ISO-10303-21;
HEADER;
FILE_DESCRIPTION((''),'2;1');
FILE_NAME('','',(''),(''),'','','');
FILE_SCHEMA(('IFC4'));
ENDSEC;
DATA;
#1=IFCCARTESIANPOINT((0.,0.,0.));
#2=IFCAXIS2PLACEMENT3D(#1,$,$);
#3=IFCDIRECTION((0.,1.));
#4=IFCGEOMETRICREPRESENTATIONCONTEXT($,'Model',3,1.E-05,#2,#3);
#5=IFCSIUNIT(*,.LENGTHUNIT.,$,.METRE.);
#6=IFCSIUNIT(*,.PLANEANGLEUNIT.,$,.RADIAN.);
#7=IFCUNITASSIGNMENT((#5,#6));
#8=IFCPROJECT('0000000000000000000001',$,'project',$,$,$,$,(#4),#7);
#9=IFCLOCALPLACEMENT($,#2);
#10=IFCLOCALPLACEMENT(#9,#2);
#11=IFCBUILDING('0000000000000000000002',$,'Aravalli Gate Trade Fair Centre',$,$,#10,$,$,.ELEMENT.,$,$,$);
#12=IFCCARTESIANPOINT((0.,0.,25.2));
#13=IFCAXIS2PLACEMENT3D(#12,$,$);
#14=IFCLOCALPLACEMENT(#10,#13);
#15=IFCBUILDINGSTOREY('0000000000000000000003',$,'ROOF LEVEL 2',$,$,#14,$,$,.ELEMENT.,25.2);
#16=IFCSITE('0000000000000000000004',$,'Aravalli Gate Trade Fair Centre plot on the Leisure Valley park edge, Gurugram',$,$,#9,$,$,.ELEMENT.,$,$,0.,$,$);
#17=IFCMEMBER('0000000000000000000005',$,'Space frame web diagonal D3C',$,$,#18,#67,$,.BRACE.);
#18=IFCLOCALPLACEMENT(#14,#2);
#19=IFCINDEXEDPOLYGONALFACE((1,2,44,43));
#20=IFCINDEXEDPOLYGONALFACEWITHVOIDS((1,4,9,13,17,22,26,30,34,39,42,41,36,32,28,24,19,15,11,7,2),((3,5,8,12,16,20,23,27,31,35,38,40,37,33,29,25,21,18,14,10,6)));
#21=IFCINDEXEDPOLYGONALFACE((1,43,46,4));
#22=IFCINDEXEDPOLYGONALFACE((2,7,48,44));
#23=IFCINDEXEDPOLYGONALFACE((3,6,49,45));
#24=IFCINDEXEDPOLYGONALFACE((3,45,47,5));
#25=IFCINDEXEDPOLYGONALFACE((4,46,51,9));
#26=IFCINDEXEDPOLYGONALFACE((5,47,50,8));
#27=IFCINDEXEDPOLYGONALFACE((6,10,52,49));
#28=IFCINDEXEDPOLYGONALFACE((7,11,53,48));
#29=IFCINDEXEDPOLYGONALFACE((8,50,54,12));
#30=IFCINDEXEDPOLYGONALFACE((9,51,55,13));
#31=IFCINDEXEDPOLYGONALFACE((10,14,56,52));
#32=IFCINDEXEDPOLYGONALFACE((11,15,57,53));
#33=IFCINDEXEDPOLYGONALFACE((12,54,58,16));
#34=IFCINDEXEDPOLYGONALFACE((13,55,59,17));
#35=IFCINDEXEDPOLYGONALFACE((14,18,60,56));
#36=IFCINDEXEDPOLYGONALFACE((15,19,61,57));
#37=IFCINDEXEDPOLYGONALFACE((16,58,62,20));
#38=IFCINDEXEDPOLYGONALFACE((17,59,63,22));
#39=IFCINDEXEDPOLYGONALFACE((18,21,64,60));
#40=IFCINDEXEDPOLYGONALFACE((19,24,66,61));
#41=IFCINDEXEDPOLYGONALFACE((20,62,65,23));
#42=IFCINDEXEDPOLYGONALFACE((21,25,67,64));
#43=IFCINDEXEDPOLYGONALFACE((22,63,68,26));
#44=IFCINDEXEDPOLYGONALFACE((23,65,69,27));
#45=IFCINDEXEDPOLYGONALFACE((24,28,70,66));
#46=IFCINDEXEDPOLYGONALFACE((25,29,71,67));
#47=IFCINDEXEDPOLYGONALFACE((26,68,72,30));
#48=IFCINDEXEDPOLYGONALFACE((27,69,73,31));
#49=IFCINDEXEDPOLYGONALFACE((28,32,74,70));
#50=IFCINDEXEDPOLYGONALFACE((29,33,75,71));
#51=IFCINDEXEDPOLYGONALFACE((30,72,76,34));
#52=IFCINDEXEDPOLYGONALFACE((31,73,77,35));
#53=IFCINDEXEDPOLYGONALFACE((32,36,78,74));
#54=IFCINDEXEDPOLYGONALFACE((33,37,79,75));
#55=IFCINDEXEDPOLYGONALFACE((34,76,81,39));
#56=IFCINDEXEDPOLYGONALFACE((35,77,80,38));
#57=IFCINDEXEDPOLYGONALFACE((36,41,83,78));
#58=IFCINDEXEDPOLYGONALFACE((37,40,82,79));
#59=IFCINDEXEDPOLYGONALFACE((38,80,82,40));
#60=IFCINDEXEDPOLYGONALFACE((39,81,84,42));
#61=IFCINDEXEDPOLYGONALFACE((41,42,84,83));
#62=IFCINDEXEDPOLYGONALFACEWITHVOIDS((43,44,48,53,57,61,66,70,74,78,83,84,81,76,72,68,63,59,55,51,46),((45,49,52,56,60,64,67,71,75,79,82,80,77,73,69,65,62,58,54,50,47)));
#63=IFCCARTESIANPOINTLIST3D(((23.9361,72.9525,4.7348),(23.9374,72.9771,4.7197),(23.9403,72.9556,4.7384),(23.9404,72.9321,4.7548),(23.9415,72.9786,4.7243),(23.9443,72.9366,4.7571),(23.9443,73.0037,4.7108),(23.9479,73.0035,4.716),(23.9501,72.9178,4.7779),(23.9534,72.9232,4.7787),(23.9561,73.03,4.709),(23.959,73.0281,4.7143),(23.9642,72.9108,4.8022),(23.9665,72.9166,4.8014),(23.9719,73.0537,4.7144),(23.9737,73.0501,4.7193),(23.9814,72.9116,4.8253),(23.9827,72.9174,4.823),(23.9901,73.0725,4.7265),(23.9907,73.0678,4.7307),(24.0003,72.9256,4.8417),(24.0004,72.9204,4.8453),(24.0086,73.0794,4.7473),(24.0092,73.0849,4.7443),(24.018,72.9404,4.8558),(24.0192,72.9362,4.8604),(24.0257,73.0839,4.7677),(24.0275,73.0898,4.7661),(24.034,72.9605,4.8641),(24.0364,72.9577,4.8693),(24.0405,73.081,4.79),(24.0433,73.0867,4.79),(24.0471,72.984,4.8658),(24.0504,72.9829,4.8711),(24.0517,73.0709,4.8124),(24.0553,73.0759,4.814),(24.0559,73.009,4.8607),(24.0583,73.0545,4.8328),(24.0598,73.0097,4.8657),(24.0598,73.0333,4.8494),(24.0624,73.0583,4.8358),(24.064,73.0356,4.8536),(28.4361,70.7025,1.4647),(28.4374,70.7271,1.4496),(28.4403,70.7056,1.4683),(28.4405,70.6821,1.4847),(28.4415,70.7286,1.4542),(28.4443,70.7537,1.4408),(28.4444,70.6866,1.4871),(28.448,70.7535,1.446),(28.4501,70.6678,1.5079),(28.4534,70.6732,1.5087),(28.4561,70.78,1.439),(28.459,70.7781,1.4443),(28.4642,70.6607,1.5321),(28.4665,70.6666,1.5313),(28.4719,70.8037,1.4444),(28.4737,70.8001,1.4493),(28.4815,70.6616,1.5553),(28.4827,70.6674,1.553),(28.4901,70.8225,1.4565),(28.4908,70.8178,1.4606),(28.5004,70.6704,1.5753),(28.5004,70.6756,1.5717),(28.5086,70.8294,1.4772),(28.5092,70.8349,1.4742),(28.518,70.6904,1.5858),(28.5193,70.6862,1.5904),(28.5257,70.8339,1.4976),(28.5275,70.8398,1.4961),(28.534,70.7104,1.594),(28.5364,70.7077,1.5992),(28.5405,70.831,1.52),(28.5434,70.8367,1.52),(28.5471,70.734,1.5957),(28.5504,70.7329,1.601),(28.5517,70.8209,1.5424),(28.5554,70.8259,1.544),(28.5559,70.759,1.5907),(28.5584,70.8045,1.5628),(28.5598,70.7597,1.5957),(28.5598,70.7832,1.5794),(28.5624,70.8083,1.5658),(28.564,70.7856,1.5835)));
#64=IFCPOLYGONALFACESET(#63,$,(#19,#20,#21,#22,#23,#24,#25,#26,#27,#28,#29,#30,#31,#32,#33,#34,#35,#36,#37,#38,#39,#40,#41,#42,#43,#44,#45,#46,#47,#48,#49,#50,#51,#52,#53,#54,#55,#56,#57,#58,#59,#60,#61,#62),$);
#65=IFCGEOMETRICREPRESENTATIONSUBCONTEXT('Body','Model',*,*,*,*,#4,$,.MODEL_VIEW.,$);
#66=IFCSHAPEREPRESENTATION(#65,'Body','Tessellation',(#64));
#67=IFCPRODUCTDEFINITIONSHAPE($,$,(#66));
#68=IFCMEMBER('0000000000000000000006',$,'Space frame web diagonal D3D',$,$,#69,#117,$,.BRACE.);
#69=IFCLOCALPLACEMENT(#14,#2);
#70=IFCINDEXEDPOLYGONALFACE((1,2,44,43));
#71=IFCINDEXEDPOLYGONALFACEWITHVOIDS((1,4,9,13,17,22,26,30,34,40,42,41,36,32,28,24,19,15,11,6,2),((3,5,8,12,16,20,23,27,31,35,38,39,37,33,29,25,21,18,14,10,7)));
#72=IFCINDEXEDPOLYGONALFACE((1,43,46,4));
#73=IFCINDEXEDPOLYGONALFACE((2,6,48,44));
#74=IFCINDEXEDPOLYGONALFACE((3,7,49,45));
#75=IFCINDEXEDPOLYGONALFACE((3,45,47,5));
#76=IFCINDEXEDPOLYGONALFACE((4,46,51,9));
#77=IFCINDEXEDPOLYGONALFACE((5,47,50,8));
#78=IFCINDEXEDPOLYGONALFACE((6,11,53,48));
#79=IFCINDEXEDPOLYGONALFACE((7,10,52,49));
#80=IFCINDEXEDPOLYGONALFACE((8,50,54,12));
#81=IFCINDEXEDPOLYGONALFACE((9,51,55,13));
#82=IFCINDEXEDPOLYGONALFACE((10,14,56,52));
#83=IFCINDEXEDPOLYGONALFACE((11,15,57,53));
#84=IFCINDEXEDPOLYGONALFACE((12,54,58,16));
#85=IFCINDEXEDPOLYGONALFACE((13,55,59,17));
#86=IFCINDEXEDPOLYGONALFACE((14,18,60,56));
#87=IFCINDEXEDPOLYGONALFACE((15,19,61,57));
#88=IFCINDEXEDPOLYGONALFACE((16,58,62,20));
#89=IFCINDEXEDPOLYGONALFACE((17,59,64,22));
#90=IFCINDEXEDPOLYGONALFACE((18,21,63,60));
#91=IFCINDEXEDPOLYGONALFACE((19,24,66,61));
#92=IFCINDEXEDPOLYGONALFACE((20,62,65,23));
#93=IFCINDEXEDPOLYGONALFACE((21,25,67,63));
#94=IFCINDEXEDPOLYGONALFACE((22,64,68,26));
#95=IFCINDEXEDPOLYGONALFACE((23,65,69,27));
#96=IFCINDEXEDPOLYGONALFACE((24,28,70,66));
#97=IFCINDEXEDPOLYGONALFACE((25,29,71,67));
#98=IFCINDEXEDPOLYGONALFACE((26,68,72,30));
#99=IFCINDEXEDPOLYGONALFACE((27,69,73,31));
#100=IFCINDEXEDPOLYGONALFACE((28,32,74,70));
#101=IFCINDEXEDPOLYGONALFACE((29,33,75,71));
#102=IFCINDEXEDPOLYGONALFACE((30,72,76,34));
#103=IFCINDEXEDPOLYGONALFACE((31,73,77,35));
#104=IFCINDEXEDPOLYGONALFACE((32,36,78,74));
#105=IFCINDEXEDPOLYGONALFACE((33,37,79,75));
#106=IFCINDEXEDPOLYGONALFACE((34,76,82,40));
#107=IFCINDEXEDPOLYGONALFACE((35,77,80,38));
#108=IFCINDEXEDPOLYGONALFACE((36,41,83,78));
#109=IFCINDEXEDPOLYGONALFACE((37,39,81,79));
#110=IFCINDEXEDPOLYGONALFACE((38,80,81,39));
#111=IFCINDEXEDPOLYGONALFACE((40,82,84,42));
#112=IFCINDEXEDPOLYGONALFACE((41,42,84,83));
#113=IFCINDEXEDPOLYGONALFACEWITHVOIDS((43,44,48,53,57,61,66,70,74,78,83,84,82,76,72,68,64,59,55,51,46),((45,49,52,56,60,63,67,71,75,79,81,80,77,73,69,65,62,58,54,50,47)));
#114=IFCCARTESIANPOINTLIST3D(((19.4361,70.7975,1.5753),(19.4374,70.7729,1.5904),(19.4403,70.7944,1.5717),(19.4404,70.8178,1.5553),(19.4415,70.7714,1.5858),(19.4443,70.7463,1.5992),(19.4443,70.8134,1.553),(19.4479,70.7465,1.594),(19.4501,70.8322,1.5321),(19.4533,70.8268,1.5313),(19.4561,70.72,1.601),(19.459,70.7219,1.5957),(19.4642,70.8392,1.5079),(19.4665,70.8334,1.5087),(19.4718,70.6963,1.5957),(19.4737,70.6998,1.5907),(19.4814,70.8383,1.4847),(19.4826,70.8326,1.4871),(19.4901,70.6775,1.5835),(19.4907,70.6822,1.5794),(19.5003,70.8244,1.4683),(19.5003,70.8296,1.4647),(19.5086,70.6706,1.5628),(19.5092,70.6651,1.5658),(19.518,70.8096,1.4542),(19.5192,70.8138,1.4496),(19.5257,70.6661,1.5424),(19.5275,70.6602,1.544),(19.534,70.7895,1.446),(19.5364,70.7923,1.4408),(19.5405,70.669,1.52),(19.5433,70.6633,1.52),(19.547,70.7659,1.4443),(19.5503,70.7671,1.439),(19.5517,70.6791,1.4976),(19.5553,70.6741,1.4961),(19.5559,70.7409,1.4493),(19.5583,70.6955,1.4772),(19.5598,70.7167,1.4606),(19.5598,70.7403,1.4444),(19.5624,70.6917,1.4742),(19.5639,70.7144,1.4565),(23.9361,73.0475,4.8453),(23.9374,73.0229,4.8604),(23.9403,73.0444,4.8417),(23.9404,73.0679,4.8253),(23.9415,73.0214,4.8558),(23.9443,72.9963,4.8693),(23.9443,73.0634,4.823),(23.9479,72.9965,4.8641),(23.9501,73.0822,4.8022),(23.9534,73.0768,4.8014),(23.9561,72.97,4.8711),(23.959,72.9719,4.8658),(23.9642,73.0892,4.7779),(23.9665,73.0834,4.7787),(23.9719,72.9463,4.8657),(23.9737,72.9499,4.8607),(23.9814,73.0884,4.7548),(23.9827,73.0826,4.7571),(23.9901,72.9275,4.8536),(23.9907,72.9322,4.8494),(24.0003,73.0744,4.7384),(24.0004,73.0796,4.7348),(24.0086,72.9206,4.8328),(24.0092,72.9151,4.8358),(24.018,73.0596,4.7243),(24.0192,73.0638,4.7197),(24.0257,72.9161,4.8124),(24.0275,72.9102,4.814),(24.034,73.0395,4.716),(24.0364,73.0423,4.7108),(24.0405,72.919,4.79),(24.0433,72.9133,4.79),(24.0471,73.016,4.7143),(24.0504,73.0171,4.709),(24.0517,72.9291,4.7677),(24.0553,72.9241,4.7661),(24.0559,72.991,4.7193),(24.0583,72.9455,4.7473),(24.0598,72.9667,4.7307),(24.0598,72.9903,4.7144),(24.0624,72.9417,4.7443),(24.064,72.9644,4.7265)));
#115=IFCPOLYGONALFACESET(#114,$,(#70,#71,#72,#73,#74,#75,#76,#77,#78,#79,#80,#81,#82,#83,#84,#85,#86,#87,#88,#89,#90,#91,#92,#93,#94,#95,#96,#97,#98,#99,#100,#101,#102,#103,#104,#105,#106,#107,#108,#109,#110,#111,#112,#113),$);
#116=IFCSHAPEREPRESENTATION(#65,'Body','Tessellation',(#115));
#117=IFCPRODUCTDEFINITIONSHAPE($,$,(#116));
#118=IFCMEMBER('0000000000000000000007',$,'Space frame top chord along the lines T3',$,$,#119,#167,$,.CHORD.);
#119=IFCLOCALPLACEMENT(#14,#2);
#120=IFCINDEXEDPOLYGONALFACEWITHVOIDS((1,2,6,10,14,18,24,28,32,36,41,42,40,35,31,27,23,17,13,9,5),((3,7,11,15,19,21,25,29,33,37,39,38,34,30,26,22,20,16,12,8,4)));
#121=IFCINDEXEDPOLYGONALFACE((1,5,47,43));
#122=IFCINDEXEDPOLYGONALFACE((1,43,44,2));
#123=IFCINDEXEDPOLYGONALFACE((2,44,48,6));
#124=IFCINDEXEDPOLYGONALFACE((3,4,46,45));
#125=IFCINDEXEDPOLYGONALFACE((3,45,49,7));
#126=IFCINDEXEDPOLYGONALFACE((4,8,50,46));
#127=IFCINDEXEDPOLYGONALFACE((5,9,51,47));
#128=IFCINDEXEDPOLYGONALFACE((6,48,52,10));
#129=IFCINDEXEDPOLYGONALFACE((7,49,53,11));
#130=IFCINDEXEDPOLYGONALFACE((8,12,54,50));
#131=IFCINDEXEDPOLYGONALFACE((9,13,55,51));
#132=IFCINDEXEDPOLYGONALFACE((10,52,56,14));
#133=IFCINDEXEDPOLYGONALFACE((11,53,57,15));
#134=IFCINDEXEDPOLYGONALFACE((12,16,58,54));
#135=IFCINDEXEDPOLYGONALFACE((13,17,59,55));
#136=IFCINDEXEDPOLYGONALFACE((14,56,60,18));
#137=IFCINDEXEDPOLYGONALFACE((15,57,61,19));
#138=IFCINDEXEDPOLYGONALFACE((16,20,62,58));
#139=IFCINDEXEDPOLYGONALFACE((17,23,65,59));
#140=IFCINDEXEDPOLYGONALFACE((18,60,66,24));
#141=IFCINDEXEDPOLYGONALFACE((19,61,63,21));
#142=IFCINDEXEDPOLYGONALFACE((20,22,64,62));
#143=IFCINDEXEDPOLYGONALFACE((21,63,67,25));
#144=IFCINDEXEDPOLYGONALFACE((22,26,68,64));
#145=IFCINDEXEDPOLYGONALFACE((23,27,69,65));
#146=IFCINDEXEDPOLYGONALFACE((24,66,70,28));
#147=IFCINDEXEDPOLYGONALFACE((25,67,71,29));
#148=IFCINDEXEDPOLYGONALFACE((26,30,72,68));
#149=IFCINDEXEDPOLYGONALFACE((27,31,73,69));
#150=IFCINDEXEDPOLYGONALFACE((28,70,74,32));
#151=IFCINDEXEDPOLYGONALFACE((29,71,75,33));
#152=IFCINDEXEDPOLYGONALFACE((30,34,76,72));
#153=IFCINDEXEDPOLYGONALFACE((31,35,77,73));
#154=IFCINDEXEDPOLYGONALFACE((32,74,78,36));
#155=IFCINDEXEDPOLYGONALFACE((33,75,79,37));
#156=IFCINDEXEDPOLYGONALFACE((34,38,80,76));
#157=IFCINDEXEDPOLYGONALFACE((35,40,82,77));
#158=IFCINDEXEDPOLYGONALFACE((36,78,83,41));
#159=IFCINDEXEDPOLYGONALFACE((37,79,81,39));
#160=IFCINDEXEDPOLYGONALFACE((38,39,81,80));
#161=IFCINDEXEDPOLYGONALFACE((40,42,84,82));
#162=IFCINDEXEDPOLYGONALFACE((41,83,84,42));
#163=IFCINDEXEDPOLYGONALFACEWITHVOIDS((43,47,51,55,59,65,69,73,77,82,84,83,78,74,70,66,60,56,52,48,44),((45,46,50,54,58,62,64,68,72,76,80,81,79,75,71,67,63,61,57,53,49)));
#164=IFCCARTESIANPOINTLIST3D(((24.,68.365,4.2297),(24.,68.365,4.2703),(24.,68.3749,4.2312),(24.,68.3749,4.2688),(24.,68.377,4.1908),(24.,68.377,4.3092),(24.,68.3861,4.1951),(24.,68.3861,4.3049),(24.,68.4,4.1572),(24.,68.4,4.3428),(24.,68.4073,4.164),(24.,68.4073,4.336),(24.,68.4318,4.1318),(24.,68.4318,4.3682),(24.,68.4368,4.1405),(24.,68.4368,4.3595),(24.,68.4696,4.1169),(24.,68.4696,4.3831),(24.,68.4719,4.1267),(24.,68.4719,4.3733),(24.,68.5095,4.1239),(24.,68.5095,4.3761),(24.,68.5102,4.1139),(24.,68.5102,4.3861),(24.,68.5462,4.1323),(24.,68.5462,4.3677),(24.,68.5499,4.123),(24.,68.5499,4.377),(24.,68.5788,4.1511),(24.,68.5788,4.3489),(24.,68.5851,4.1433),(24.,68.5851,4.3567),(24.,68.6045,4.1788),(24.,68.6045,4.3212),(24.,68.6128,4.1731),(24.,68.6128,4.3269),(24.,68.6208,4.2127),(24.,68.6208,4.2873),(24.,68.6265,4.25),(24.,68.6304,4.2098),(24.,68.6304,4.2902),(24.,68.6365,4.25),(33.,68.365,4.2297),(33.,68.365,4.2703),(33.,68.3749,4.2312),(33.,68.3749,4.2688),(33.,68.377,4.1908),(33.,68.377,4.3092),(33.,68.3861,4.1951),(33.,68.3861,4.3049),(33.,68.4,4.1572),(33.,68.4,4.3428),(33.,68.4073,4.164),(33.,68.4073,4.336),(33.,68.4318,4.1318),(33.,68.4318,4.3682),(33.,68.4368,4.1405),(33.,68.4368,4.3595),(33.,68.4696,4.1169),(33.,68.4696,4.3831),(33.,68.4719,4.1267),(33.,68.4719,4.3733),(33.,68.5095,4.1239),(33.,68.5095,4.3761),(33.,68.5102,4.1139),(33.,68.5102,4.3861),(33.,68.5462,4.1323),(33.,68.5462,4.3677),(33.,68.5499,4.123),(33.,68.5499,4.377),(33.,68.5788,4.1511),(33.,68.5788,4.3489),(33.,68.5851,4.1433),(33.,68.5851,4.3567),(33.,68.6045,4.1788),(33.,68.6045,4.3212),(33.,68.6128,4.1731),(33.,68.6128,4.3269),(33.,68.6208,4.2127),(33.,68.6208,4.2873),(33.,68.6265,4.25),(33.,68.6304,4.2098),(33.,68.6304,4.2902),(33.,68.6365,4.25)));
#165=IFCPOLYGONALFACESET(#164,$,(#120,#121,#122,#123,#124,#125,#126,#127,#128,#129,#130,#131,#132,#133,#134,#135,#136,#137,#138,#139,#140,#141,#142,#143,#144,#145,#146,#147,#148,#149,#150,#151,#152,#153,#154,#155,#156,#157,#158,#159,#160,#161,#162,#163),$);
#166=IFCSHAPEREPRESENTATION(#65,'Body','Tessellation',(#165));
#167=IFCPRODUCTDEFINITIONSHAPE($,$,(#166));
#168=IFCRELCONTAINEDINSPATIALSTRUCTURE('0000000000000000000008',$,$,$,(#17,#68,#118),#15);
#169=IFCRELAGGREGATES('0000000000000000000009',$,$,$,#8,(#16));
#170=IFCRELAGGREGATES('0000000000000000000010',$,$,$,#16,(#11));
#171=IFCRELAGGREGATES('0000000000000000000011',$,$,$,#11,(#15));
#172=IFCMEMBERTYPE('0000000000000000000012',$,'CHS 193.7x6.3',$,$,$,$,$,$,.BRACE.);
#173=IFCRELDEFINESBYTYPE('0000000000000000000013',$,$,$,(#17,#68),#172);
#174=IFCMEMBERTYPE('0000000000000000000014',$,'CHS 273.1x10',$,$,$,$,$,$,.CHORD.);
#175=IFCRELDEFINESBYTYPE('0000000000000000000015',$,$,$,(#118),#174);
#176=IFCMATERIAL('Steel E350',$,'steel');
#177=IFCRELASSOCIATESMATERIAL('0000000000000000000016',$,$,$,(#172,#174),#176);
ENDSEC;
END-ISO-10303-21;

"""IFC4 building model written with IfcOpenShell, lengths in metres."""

from ifc_helpers import new_model, si_unit, direction, frame, origin, origin_2d, place, context, subcontext, project, spatial, hollow_circle, extrude, material, material_profile, profile_set, type_object, element, save


model = new_model("IFC4")

# Units and contexts
model_context = context("Model", 3, precision=1e-05, world=origin(), true_north=direction((0.0, 1.0)))
body_context = subcontext(model_context, "Body", "Model", "MODEL_VIEW")
ifc_project = project(units=[si_unit("LENGTHUNIT", "METRE"), si_unit("PLANEANGLEUNIT", "RADIAN")], contexts=[model_context])

# Site, building, storey
site_placement = place(None, origin())
site = spatial("IfcSite", under=ifc_project, at=site_placement, Name="Aravalli Gate Trade Fair Centre plot on the Leisure Valley park edge, Gurugram", CompositionType="ELEMENT", RefElevation=0.0)
building_placement = place(site_placement, origin())
building = spatial("IfcBuilding", under=site, at=building_placement, Name="Aravalli Gate Trade Fair Centre", CompositionType="ELEMENT")
storey_placement = place(building_placement, frame((0.0, 0.0, 25.2)))
storey = spatial("IfcBuildingStorey", under=building, at=storey_placement, Name="ROOF LEVEL 2", CompositionType="ELEMENT", Elevation=25.2)

# Members
ifc_material_1 = material(Name="Steel E350", Category="steel")
ifc_material_profile_1 = material_profile(ifc_material_1, hollow_circle(Radius=0.0969, WallThickness=0.0063, at=origin_2d()), Name="CHS 193.7x6.3")
ifc_profile_set_1 = profile_set([ifc_material_profile_1], Name="Steel E350")
member_type_1 = type_object("IfcMemberType", Name="CHS 193.7x6.3", PredefinedType="BRACE", material=ifc_profile_set_1)
for number, where, z_axis, x_axis, name in (
    (1, (24.0, 73.0, 4.79), (0.749942, -0.374971, -0.544961), (0.447214, 0.894427, 0.0), "Space frame web diagonal D3C"),
    (2, (24.0, 73.0, 4.79), (-0.749942, -0.374971, -0.544961), (0.447214, -0.894427, 0.0), "Space frame web diagonal D3D"),
):
    element("IfcMember", number, at=place(storey_placement, frame(where, z_axis=z_axis, x_axis=x_axis)), inside=storey, type_object=member_type_1, Name=name, PredefinedType="BRACE", context=body_context, shape_type="SweptSolid", body=[
        extrude(hollow_circle(Radius=0.0969, WallThickness=0.0063, at=origin_2d()), origin(), (0.0, 0.0, 1.0), 6.0005),
    ])
ifc_material_profile_2 = material_profile(ifc_material_1, hollow_circle(Radius=0.1365, WallThickness=0.01, at=origin_2d()), Name="CHS 273.1x10")
ifc_profile_set_2 = profile_set([ifc_material_profile_2], Name="Steel E350")
member_type_2 = type_object("IfcMemberType", Name="CHS 273.1x10", PredefinedType="CHORD", material=ifc_profile_set_2)
for number, where, z_axis, x_axis, name in (
    (3, (24.0, 68.5, 4.25), (1.0, 0.0, 0.0), (0.0, 1.0, 0.0), "Space frame top chord along the lines T3"),
):
    element("IfcMember", number, at=place(storey_placement, frame(where, z_axis=z_axis, x_axis=x_axis)), inside=storey, type_object=member_type_2, Name=name, PredefinedType="CHORD", context=body_context, shape_type="SweptSolid", body=[
        extrude(hollow_circle(Radius=0.1365, WallThickness=0.01, at=origin_2d()), origin(), (0.0, 0.0, 1.0), 9.0),
    ])

save(model, "model.ifc")
